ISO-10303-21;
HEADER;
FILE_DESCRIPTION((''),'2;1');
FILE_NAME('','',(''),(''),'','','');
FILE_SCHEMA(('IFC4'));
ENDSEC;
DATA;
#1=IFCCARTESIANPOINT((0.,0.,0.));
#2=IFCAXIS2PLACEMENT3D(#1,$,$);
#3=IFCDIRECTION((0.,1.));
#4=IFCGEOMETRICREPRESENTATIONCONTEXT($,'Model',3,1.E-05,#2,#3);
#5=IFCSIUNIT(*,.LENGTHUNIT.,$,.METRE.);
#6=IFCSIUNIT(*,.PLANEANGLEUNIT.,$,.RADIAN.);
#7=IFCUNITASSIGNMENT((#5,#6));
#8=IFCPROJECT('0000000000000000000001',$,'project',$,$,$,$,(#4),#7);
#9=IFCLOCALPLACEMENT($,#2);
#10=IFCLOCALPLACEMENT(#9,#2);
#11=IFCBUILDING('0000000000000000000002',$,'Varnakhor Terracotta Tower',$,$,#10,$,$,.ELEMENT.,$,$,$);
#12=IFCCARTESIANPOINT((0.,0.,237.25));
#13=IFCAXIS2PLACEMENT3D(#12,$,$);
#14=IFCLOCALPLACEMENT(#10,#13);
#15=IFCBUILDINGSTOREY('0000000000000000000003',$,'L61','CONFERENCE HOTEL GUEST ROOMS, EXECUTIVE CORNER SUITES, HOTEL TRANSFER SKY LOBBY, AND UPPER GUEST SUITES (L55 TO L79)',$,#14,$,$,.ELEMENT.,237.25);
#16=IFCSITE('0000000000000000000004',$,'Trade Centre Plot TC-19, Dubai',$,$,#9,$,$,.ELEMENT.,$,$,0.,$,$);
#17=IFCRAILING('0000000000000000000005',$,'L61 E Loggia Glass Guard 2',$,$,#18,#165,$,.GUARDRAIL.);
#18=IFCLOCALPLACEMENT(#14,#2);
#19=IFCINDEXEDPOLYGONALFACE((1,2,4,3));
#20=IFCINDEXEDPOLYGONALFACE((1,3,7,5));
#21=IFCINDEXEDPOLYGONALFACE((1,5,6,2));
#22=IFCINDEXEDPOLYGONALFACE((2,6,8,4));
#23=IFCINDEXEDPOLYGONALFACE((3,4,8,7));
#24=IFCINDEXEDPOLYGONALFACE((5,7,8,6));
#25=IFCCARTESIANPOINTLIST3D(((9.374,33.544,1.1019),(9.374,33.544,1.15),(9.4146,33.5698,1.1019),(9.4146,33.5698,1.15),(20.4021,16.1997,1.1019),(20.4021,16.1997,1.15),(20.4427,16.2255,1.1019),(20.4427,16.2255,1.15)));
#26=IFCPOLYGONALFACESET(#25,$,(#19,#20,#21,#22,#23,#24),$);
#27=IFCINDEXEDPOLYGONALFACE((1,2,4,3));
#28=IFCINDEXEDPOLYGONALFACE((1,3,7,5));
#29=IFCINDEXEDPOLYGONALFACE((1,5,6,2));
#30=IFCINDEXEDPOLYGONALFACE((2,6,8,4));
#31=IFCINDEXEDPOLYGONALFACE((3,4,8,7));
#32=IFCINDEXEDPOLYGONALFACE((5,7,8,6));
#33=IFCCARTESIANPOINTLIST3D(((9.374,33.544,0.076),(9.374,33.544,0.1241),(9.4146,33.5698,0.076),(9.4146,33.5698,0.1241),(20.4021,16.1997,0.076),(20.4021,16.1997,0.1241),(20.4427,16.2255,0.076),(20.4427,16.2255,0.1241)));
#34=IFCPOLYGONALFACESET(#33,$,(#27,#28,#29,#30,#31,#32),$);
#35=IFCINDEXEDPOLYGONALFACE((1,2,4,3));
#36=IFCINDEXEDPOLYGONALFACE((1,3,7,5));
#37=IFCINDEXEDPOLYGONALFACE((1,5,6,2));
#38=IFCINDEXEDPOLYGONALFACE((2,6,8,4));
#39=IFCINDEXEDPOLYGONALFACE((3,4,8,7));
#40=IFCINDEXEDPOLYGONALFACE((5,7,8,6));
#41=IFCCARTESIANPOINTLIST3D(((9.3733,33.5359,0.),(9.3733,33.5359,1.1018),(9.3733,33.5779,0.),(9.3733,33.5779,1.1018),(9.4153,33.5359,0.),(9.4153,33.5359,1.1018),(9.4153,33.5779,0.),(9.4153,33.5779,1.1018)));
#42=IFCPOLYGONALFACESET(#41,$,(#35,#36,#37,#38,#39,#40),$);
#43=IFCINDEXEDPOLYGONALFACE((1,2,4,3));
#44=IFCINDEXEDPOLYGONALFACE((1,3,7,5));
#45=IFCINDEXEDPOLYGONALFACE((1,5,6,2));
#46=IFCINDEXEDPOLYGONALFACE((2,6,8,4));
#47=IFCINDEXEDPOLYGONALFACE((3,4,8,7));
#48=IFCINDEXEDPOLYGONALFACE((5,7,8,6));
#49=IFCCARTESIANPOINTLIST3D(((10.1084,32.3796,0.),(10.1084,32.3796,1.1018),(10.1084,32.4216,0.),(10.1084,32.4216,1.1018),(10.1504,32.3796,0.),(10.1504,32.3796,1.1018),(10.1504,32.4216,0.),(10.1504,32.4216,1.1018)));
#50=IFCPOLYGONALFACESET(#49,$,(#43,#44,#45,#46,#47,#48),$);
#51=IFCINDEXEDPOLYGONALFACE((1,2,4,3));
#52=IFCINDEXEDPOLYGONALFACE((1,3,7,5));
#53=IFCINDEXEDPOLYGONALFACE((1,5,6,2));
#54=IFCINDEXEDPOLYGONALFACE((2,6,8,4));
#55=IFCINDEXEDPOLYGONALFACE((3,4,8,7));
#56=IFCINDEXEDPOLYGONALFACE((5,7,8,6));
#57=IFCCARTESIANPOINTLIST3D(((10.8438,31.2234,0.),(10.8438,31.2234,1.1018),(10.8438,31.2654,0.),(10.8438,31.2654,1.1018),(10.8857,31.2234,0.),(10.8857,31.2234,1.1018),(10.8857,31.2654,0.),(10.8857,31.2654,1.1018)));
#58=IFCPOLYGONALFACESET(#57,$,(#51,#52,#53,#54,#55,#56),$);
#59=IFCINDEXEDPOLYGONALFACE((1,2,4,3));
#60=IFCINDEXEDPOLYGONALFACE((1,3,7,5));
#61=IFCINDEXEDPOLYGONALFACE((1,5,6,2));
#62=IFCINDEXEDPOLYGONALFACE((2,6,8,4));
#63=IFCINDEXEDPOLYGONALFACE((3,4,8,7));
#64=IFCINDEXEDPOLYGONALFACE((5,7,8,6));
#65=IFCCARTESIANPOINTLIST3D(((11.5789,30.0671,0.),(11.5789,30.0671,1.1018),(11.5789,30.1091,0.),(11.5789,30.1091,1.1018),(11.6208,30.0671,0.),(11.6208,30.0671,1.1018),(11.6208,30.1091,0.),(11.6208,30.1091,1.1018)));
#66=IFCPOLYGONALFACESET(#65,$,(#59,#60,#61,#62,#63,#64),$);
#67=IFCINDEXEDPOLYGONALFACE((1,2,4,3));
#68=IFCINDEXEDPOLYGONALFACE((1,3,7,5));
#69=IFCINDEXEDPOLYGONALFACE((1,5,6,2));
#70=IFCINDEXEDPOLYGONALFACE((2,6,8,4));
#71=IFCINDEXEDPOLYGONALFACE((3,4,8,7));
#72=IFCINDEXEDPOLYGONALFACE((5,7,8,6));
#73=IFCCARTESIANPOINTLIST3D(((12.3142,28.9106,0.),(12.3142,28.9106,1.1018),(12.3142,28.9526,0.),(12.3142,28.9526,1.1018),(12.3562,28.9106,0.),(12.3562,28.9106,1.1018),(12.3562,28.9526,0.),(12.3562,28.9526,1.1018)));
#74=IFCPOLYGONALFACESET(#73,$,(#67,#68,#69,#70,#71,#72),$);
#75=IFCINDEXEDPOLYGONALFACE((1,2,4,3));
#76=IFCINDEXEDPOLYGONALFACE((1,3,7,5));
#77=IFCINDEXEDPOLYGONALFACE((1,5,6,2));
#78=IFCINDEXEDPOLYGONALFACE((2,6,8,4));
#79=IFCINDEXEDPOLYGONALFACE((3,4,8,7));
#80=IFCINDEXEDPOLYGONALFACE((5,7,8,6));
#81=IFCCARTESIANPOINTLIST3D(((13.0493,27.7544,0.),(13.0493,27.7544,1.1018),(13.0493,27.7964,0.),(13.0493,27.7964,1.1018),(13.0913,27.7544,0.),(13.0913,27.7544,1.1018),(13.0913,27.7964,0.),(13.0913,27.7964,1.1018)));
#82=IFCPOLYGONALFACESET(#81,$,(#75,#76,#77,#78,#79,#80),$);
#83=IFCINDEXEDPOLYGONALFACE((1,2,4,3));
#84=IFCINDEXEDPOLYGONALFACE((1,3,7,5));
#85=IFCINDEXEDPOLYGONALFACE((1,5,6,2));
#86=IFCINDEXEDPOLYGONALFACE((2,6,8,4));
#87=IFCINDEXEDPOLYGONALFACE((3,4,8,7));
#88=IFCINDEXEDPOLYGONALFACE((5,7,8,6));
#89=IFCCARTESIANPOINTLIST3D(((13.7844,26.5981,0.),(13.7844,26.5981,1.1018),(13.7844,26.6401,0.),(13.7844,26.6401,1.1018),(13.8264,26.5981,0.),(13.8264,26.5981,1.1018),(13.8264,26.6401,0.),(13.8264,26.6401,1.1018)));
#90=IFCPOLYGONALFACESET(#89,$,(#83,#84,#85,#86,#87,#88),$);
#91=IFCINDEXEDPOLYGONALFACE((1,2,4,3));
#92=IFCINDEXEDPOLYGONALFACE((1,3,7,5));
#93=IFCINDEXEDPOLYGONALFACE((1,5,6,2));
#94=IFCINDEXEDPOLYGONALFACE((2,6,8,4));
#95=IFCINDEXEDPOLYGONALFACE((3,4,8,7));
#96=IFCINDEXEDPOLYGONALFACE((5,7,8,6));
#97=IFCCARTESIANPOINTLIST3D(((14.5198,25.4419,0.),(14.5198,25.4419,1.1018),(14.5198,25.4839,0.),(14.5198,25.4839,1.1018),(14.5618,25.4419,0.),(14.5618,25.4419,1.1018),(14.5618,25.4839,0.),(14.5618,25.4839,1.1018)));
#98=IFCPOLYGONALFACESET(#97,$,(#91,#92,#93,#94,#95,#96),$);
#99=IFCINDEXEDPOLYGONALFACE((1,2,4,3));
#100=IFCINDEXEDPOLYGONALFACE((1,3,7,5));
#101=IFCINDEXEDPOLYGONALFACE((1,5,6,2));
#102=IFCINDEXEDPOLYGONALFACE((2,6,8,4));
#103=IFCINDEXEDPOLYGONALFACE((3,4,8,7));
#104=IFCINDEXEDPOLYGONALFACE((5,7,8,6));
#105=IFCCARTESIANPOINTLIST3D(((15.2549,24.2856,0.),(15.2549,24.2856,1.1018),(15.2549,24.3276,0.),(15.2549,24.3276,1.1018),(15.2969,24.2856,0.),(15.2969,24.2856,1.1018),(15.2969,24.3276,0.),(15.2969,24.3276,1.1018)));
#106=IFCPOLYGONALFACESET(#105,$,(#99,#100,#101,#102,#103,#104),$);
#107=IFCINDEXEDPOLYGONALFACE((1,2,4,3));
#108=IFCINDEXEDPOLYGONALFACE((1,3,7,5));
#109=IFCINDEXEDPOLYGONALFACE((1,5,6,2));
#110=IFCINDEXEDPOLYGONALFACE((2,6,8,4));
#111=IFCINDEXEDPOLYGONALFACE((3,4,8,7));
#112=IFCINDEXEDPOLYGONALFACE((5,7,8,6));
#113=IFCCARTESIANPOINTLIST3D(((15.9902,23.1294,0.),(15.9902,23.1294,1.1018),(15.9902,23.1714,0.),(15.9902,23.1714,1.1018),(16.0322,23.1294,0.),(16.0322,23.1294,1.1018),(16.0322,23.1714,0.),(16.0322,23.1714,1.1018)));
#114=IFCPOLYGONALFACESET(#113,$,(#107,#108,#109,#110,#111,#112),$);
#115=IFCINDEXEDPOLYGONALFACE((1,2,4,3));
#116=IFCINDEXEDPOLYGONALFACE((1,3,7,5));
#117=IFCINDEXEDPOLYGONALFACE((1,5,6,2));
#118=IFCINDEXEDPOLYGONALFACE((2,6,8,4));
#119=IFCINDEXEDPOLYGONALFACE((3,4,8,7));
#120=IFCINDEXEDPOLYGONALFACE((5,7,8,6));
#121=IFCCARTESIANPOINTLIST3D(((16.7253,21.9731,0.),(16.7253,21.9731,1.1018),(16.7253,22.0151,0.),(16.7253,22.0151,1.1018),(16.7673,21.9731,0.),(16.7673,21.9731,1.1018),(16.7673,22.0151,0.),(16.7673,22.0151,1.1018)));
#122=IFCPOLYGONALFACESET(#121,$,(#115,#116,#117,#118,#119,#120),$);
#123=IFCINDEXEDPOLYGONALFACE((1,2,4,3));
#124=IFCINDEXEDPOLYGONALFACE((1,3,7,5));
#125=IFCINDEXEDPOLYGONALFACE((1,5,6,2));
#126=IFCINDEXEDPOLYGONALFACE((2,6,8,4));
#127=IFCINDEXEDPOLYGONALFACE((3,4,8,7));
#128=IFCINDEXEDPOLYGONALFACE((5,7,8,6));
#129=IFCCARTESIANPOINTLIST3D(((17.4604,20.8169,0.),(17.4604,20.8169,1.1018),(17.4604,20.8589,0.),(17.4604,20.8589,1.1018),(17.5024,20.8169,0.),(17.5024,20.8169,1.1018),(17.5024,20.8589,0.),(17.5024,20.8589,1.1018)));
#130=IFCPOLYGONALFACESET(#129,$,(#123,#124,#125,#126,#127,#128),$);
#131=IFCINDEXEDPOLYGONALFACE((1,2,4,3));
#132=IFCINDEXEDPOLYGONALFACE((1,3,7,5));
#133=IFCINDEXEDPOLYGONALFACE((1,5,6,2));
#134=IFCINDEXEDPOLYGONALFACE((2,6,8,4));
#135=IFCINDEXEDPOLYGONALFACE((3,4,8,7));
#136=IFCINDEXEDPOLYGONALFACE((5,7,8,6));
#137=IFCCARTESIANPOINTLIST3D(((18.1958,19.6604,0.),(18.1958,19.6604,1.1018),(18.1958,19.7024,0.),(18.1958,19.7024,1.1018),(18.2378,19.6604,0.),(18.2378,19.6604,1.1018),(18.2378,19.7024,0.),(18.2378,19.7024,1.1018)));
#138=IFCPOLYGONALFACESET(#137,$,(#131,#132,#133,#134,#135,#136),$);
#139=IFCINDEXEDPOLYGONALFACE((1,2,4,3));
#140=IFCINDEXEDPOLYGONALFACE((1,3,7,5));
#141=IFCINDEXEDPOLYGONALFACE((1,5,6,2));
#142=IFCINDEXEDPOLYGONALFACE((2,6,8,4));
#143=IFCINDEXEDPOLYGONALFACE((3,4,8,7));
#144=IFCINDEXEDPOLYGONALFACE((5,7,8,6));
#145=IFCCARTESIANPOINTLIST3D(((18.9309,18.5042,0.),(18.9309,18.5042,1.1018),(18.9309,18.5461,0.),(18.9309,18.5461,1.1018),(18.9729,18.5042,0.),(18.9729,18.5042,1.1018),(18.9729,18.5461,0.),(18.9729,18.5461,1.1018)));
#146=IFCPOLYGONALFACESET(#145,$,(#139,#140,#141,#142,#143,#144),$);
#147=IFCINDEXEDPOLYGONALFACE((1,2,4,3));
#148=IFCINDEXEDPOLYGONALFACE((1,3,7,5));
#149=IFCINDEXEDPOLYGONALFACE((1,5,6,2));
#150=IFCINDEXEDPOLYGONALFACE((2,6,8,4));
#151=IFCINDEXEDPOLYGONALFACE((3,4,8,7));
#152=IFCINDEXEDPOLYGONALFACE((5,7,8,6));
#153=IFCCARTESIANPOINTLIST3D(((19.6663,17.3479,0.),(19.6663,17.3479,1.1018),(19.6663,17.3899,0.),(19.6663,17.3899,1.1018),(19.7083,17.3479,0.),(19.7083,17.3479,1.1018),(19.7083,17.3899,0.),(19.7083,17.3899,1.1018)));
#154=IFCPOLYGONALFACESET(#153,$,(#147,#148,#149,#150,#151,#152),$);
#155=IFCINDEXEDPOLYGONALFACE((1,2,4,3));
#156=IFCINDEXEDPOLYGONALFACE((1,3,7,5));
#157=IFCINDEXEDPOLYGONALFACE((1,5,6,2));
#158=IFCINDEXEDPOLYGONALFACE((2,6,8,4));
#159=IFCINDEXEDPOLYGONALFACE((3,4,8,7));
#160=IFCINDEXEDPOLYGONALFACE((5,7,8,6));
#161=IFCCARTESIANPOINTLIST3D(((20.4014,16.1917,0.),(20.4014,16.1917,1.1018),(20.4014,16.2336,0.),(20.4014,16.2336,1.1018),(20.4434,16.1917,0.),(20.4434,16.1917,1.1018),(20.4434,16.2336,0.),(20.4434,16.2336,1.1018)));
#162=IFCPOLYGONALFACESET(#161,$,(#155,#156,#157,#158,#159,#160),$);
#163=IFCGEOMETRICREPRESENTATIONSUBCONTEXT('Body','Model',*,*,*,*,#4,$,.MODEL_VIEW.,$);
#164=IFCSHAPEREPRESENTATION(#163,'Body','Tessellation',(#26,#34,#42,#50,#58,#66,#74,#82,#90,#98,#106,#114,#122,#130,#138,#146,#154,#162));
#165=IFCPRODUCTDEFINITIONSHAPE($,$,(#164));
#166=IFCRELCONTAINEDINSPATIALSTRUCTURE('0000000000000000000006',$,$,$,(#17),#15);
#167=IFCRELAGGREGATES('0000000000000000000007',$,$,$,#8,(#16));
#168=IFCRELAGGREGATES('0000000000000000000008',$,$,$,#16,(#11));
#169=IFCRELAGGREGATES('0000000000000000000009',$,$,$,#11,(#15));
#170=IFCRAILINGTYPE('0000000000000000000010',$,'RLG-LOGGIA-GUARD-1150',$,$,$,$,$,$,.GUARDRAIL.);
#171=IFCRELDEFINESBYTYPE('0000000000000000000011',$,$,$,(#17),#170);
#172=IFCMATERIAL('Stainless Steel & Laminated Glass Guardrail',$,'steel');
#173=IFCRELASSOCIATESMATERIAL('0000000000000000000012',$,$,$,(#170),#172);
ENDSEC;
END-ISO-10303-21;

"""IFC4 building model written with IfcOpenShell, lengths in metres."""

from ifc_helpers import new_model, si_unit, direction, frame, origin, origin_2d, place, context, subcontext, project, spatial, rectangle, extrude, material, type_object, element, save


model = new_model("IFC4")

# Units and contexts
model_context = context("Model", 3, precision=1e-05, world=origin(), true_north=direction((0.0, 1.0)))
body_context = subcontext(model_context, "Body", "Model", "MODEL_VIEW")
ifc_project = project(units=[si_unit("LENGTHUNIT", "METRE"), si_unit("PLANEANGLEUNIT", "RADIAN")], contexts=[model_context])

# Site, building, storey
site_placement = place(None, origin())
site = spatial("IfcSite", under=ifc_project, at=site_placement, Name="Trade Centre Plot TC-19, Dubai", CompositionType="ELEMENT", RefElevation=0.0)
building_placement = place(site_placement, origin())
building = spatial("IfcBuilding", under=site, at=building_placement, Name="Varnakhor Terracotta Tower", CompositionType="ELEMENT")
storey_placement = place(building_placement, frame((0.0, 0.0, 237.25)))
storey = spatial("IfcBuildingStorey", under=building, at=storey_placement, Name="L61", Description="CONFERENCE HOTEL GUEST ROOMS, EXECUTIVE CORNER SUITES, HOTEL TRANSFER SKY LOBBY, AND UPPER GUEST SUITES (L55 TO L79)", CompositionType="ELEMENT", Elevation=237.25)

# Railing
ifc_material_1 = material(Name="Stainless Steel & Laminated Glass Guardrail", Category="steel")
railing_type = type_object("IfcRailingType", Name="RLG-LOGGIA-GUARD-1150", PredefinedType="GUARDRAIL", material=ifc_material_1)
railing_1_placement = place(storey_placement, frame((9.3943, 33.5569, 0.0)))
element("IfcRailing", 1, at=railing_1_placement, inside=storey, type_object=railing_type, Name="L61 E Loggia Glass Guard 2", PredefinedType="GUARDRAIL", context=body_context, shape_type="SweptSolid", body=[
    extrude(rectangle(XDim=0.0481, YDim=0.0481, at=origin_2d()), frame((0.0, 0.0, 1.126), z_axis=(0.536558, -0.843863, 0.0), x_axis=(0.843863, 0.536558, 0.0)), (0.0, 0.0, 1.0), 20.5535),
    extrude(rectangle(XDim=0.0481, YDim=0.0481, at=origin_2d()), frame((0.0, 0.0, 0.1001), z_axis=(0.536558, -0.843863, 0.0), x_axis=(0.843863, 0.536558, 0.0)), (0.0, 0.0, 1.0), 20.5535),
    extrude(rectangle(XDim=0.042, YDim=0.042, at=origin_2d()), origin(), (0.0, 0.0, 1.0), 1.1018),
    extrude(rectangle(XDim=0.042, YDim=0.042, at=origin_2d()), frame((0.7351, -1.1562, 0.0)), (0.0, 0.0, 1.0), 1.1018),
    extrude(rectangle(XDim=0.042, YDim=0.042, at=origin_2d()), frame((1.4705, -2.3125, 0.0)), (0.0, 0.0, 1.0), 1.1018),
    extrude(rectangle(XDim=0.042, YDim=0.042, at=origin_2d()), frame((2.2056, -3.4688, 0.0)), (0.0, 0.0, 1.0), 1.1018),
    extrude(rectangle(XDim=0.042, YDim=0.042, at=origin_2d()), frame((2.9409, -4.6252, 0.0)), (0.0, 0.0, 1.0), 1.1018),
    extrude(rectangle(XDim=0.042, YDim=0.042, at=origin_2d()), frame((3.676, -5.7815, 0.0)), (0.0, 0.0, 1.0), 1.1018),
    extrude(rectangle(XDim=0.042, YDim=0.042, at=origin_2d()), frame((4.4111, -6.9377, 0.0)), (0.0, 0.0, 1.0), 1.1018),
    extrude(rectangle(XDim=0.042, YDim=0.042, at=origin_2d()), frame((5.1465, -8.094, 0.0)), (0.0, 0.0, 1.0), 1.1018),
    extrude(rectangle(XDim=0.042, YDim=0.042, at=origin_2d()), frame((5.8816, -9.2502, 0.0)), (0.0, 0.0, 1.0), 1.1018),
    extrude(rectangle(XDim=0.042, YDim=0.042, at=origin_2d()), frame((6.6169, -10.4065, 0.0)), (0.0, 0.0, 1.0), 1.1018),
    extrude(rectangle(XDim=0.042, YDim=0.042, at=origin_2d()), frame((7.3521, -11.5627, 0.0)), (0.0, 0.0, 1.0), 1.1018),
    extrude(rectangle(XDim=0.042, YDim=0.042, at=origin_2d()), frame((8.0872, -12.719, 0.0)), (0.0, 0.0, 1.0), 1.1018),
    extrude(rectangle(XDim=0.042, YDim=0.042, at=origin_2d()), frame((8.8225, -13.8755, 0.0)), (0.0, 0.0, 1.0), 1.1018),
    extrude(rectangle(XDim=0.042, YDim=0.042, at=origin_2d()), frame((9.5576, -15.0317, 0.0)), (0.0, 0.0, 1.0), 1.1018),
    extrude(rectangle(XDim=0.042, YDim=0.042, at=origin_2d()), frame((10.293, -16.188, 0.0)), (0.0, 0.0, 1.0), 1.1018),
    extrude(rectangle(XDim=0.042, YDim=0.042, at=origin_2d()), frame((11.0281, -17.3442, 0.0)), (0.0, 0.0, 1.0), 1.1018),
])

save(model, "model.ifc")
